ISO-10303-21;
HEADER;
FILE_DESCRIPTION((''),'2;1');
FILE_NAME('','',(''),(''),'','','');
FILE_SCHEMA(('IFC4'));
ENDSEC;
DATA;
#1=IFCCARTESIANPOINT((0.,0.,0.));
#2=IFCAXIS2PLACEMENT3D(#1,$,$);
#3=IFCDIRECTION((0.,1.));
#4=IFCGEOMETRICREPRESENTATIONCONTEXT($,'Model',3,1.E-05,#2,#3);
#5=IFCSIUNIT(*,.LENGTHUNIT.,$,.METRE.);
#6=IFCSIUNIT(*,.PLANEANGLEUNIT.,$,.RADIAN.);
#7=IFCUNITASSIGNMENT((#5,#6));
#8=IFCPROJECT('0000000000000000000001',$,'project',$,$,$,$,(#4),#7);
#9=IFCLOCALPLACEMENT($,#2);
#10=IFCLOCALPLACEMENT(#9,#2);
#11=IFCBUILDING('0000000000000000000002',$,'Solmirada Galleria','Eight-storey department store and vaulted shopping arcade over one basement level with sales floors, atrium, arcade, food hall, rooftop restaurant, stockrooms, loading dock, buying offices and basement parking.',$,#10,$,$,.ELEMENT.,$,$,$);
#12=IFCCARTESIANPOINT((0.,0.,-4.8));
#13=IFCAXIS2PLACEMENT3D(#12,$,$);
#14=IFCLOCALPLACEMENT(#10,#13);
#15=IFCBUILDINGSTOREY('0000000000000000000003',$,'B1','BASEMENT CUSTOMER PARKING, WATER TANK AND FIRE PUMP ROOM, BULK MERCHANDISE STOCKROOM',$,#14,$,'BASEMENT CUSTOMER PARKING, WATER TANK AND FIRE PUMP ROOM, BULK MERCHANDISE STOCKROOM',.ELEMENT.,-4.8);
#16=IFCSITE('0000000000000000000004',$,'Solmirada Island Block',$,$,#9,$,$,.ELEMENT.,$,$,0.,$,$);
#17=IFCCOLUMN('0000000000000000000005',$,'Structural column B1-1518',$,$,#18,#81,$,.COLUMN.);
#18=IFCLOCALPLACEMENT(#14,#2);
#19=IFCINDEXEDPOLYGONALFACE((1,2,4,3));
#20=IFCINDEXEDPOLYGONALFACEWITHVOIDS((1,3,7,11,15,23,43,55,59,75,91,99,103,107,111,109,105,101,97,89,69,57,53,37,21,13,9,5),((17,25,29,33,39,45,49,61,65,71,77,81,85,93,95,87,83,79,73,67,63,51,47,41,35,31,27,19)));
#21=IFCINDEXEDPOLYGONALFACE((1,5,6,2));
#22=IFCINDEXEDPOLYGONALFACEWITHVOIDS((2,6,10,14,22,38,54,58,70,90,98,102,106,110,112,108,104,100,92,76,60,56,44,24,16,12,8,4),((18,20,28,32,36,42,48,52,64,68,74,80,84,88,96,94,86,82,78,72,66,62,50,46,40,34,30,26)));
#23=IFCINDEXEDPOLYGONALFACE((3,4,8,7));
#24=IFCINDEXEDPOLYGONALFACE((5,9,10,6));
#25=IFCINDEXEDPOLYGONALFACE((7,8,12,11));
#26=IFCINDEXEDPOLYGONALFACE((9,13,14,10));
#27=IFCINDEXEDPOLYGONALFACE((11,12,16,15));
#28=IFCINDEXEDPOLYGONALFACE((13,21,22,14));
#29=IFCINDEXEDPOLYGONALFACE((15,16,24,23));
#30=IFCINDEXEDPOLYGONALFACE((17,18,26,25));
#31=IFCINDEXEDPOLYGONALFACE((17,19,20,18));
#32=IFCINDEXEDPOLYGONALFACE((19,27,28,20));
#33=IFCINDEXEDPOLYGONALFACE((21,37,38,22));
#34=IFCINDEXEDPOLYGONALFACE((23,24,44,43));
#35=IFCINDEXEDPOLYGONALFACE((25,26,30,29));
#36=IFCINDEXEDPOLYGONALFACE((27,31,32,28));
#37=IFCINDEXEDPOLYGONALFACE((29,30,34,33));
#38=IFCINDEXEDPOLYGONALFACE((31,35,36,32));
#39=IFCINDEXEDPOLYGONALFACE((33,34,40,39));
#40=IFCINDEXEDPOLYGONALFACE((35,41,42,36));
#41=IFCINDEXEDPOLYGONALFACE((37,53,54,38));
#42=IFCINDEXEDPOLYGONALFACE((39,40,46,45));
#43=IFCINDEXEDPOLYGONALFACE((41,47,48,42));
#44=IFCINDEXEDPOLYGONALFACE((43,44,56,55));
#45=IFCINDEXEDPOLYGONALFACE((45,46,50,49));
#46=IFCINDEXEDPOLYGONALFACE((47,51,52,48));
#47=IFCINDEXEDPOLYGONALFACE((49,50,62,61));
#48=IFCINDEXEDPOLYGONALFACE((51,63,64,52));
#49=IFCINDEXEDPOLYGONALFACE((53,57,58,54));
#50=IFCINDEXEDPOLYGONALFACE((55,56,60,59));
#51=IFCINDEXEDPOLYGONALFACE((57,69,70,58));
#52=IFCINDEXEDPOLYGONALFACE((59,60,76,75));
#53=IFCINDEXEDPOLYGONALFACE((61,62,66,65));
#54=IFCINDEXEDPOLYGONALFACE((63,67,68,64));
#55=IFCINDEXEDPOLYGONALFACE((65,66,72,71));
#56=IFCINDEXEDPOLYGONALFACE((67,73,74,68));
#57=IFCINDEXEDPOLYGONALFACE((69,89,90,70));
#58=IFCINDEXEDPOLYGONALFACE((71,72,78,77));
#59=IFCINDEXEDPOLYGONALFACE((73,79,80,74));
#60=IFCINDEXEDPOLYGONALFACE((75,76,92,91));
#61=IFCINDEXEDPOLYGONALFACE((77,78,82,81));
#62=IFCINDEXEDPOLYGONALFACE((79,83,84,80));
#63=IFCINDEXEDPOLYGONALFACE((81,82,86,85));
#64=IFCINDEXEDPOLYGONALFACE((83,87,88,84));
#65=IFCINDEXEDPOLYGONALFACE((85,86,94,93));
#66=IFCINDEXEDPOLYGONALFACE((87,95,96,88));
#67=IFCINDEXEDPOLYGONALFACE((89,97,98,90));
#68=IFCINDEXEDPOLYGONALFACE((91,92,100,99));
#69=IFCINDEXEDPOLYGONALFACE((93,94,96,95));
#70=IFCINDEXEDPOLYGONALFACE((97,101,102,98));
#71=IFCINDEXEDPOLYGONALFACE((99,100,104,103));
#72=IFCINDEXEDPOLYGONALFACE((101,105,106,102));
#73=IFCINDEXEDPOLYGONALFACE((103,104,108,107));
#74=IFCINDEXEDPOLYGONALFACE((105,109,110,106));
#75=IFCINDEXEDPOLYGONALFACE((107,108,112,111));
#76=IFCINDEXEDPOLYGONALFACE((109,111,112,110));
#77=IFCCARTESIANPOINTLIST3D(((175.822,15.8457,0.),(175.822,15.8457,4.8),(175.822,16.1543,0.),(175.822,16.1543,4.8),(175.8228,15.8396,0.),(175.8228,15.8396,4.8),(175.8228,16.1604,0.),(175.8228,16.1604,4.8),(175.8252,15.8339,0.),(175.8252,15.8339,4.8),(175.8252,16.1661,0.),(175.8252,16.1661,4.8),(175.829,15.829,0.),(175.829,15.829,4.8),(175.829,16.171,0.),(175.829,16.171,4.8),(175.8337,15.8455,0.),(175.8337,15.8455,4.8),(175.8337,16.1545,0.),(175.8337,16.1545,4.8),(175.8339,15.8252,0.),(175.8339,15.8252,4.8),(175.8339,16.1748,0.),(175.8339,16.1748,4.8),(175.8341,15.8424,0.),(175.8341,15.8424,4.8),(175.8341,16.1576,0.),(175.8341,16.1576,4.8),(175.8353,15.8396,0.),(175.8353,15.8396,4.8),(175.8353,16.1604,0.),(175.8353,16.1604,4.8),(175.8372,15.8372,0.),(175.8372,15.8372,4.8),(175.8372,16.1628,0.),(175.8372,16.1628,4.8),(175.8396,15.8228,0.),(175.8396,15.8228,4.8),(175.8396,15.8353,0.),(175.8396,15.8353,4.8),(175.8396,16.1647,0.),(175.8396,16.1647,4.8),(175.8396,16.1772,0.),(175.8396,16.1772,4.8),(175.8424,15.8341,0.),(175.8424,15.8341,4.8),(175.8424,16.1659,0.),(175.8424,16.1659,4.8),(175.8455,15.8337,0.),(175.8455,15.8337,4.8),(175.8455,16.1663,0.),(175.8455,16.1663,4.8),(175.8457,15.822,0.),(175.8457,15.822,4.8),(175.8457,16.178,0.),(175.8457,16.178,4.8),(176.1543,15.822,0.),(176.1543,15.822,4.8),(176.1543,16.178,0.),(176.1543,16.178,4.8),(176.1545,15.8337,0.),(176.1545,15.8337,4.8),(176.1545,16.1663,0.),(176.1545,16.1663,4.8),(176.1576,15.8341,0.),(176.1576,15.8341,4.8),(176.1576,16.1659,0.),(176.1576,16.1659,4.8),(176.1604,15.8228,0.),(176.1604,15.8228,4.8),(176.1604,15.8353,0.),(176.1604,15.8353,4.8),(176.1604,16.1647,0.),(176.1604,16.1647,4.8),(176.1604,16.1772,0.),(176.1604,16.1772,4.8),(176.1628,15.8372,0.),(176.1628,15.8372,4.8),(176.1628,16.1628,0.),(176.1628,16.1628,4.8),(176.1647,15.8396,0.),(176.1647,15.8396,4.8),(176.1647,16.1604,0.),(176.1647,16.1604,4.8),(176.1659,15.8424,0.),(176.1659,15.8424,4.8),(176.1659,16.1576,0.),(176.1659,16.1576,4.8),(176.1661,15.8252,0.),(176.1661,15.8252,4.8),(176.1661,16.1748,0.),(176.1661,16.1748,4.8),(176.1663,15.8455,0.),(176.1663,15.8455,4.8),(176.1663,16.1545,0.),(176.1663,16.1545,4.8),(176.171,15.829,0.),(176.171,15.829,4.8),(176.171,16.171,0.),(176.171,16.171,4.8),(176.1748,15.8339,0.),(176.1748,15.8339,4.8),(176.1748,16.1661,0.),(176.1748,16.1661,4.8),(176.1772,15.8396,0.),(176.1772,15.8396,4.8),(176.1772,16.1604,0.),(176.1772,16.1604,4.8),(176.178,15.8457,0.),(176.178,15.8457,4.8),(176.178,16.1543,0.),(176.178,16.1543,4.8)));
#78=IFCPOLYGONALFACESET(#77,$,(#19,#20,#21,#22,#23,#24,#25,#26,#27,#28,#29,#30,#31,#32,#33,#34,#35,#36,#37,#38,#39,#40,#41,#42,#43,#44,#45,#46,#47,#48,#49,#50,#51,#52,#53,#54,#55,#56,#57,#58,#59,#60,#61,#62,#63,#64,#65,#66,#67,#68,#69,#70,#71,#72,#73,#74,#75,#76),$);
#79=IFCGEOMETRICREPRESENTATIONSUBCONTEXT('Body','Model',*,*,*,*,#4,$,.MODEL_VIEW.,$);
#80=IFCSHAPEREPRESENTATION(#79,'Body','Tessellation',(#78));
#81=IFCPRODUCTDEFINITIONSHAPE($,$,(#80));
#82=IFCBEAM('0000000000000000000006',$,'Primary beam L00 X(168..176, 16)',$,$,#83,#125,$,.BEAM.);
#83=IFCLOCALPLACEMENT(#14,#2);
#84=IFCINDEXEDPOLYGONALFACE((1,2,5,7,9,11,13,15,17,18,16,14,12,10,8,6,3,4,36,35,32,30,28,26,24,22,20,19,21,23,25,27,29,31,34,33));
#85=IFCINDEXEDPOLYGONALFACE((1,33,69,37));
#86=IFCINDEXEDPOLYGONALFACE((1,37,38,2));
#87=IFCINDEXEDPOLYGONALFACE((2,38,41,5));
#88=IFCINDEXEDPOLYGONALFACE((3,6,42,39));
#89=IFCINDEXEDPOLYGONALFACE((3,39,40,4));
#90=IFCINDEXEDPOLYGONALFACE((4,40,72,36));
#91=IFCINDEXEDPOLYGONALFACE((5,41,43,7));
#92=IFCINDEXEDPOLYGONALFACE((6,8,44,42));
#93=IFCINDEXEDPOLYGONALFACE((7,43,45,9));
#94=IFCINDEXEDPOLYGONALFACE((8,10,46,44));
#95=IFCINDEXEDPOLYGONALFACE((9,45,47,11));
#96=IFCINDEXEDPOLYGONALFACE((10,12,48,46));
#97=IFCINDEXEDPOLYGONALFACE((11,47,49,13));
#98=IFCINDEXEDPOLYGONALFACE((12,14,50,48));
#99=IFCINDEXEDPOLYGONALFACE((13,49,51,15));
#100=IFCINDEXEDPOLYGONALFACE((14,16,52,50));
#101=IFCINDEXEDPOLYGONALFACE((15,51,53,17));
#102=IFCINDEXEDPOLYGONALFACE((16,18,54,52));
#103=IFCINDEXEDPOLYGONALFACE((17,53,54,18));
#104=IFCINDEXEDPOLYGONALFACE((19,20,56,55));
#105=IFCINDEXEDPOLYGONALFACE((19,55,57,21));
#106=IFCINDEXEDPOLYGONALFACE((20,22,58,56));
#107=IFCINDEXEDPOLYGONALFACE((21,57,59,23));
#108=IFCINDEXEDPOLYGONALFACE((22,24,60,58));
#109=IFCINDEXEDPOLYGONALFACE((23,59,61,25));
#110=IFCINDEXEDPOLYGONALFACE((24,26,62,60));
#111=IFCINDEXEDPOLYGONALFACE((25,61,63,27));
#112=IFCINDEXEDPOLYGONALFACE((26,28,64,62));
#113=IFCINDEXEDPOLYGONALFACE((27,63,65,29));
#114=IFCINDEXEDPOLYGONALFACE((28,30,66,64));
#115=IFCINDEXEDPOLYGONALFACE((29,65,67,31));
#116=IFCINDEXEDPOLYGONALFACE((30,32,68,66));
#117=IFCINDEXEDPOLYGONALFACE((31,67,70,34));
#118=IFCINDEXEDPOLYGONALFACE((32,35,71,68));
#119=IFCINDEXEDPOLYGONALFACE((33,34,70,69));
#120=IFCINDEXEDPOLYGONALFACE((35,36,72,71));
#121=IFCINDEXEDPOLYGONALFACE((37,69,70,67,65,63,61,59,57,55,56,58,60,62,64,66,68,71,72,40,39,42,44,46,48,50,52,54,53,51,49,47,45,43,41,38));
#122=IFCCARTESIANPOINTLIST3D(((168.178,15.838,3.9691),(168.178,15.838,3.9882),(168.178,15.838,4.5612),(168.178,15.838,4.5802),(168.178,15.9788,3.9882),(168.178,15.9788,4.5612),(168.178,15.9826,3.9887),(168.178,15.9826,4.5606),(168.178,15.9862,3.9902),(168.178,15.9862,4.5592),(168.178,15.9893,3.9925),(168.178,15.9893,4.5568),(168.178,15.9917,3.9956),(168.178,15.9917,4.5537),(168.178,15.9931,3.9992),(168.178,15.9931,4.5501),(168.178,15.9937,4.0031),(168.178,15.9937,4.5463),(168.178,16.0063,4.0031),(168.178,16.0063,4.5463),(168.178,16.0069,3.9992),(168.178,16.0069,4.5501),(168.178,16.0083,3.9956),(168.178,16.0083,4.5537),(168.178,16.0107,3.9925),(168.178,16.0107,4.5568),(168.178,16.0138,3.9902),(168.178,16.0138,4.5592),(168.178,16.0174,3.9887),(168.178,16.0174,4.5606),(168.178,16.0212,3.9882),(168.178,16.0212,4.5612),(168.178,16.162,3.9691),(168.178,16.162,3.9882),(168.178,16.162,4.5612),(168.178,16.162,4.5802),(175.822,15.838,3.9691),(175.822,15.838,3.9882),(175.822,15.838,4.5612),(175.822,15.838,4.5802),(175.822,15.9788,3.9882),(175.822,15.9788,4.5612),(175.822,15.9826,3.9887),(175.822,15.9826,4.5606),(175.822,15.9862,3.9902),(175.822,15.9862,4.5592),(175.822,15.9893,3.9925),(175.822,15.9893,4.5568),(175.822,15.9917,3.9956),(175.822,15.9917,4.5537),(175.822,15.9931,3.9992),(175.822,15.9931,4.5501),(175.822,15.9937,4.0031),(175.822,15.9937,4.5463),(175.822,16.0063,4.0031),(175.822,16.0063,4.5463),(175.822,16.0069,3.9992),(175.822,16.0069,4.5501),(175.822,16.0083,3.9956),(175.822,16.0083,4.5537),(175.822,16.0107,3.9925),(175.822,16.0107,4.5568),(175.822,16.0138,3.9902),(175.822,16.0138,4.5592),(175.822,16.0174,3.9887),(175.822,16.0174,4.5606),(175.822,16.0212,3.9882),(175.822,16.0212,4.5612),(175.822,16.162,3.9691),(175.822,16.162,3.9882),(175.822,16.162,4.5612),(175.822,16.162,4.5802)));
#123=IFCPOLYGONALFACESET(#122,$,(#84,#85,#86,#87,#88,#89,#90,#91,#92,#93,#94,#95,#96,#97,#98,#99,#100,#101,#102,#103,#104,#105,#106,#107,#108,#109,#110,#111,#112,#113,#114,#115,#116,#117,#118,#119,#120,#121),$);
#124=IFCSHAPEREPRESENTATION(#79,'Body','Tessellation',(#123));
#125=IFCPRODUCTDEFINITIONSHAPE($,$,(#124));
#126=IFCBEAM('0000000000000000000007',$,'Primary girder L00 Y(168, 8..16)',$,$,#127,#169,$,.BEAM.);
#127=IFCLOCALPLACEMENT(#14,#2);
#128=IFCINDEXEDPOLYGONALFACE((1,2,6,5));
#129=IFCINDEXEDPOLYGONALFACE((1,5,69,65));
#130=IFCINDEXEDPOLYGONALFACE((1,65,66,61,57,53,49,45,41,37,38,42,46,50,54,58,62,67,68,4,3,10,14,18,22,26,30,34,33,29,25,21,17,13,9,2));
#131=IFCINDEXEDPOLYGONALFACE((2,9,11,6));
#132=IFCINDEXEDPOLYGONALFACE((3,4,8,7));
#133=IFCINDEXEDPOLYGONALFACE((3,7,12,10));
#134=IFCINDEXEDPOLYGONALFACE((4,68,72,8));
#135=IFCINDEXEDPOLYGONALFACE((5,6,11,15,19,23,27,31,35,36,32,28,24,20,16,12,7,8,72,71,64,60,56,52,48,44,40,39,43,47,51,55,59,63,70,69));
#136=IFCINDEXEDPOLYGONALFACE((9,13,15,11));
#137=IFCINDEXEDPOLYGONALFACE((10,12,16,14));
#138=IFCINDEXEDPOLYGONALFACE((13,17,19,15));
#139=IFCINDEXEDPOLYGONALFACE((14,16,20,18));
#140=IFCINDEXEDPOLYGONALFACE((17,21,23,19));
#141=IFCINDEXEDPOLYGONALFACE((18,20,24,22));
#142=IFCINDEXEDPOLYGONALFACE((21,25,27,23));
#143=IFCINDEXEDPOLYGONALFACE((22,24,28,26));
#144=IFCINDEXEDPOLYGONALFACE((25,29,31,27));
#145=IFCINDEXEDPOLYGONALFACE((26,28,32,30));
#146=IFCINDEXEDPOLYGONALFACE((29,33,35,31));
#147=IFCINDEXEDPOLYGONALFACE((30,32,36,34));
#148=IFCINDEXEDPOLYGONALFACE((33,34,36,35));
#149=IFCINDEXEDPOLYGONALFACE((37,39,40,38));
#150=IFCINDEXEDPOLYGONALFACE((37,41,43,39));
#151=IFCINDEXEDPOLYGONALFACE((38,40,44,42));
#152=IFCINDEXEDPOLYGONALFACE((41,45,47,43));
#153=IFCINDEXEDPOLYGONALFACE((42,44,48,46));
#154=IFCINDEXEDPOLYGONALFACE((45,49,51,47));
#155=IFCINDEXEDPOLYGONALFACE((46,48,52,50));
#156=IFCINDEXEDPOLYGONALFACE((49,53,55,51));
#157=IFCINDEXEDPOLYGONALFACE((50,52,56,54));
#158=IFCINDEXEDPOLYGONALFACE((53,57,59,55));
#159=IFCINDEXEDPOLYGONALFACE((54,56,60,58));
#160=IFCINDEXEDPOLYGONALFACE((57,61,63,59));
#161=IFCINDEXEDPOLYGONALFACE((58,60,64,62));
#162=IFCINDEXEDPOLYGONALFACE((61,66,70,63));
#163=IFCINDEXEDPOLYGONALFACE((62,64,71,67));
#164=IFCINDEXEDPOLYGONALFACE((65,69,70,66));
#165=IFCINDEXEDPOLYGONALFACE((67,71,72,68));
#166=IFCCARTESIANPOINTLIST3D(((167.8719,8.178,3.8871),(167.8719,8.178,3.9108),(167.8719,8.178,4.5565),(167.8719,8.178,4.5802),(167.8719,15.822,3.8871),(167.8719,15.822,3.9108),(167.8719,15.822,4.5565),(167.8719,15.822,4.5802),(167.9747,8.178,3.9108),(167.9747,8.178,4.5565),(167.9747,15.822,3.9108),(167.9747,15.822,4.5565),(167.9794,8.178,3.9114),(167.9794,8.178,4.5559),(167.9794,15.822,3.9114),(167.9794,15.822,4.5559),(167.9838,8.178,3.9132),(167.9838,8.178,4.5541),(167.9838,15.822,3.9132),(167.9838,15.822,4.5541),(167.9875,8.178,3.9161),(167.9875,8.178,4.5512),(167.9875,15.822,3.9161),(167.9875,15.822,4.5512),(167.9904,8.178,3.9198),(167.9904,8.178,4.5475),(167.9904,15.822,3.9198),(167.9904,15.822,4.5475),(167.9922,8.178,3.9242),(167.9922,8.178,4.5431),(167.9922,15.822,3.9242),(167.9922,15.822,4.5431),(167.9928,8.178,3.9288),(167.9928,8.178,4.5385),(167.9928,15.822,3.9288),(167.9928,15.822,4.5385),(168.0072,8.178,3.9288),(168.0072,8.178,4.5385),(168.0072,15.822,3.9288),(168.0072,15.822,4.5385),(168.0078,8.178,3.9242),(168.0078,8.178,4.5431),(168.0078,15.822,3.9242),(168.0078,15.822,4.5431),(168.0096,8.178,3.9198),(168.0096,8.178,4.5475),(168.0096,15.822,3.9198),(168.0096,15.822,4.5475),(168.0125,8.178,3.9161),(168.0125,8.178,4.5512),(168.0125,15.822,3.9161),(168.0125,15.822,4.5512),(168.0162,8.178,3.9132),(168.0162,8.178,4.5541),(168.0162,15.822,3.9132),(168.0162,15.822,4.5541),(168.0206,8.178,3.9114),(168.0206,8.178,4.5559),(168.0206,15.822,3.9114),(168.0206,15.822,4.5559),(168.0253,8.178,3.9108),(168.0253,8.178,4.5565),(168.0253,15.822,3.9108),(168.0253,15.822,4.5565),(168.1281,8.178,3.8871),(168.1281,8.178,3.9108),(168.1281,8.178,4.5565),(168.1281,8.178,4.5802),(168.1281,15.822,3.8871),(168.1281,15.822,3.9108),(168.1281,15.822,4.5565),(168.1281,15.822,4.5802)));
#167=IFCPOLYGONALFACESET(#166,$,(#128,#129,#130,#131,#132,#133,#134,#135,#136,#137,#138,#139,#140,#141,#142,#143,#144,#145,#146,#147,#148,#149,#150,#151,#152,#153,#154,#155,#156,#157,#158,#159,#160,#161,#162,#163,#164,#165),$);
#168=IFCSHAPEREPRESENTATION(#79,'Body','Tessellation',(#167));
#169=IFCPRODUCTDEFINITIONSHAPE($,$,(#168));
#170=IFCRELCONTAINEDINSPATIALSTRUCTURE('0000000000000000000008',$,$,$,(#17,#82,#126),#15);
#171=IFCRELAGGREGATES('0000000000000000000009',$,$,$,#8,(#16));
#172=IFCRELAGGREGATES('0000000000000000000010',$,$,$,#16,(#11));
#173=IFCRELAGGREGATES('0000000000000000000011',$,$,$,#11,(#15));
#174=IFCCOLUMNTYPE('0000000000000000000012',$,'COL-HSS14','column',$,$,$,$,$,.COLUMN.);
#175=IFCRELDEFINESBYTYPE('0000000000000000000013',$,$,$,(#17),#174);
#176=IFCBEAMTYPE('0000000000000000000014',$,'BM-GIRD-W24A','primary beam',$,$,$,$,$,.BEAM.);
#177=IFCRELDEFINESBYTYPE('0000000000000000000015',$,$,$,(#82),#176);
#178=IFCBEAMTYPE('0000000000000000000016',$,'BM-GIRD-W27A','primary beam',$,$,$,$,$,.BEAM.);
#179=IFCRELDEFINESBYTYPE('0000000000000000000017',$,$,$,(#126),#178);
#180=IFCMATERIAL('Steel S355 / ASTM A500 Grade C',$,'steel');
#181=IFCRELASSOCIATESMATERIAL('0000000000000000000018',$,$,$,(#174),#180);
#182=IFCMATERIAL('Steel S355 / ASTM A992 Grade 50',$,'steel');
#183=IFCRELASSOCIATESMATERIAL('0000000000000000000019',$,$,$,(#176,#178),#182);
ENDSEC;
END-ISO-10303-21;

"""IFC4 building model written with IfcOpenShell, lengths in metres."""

from ifc_helpers import new_model, si_unit, direction, frame, origin, origin_2d, place, context, subcontext, project, spatial, hollow_rectangle, i_section, extrude, material, material_profile, profile_set, type_object, element, save


model = new_model("IFC4")

# Units and contexts
model_context = context("Model", 3, precision=1e-05, world=origin(), true_north=direction((0.0, 1.0)))
body_context = subcontext(model_context, "Body", "Model", "MODEL_VIEW")
ifc_project = project(units=[si_unit("LENGTHUNIT", "METRE"), si_unit("PLANEANGLEUNIT", "RADIAN")], contexts=[model_context])

# Site, building, storey
site_placement = place(None, origin())
site = spatial("IfcSite", under=ifc_project, at=site_placement, Name="Solmirada Island Block", CompositionType="ELEMENT", RefElevation=0.0)
building_placement = place(site_placement, origin())
building = spatial("IfcBuilding", under=site, at=building_placement, Name="Solmirada Galleria", Description="Eight-storey department store and vaulted shopping arcade over one basement level with sales floors, atrium, arcade, food hall, rooftop restaurant, stockrooms, loading dock, buying offices and basement parking.", CompositionType="ELEMENT")
storey_placement = place(building_placement, frame((0.0, 0.0, -4.8)))
storey = spatial("IfcBuildingStorey", under=building, at=storey_placement, Name="B1", Description="BASEMENT CUSTOMER PARKING, WATER TANK AND FIRE PUMP ROOM, BULK MERCHANDISE STOCKROOM", LongName="BASEMENT CUSTOMER PARKING, WATER TANK AND FIRE PUMP ROOM, BULK MERCHANDISE STOCKROOM", CompositionType="ELEMENT", Elevation=-4.8)

# Column
ifc_material_1 = material(Name="Steel S355 / ASTM A500 Grade C", Category="steel")
ifc_material_profile_1 = material_profile(ifc_material_1, hollow_rectangle(XDim=0.356, YDim=0.356, WallThickness=0.0117, InnerFilletRadius=0.0117, OuterFilletRadius=0.0237, at=origin_2d()), Name="HSS14X14X1/2")
ifc_profile_set_1 = profile_set([ifc_material_profile_1], Name="Steel S355 / ASTM A500 Grade C")
column_type = type_object("IfcColumnType", Name="COL-HSS14", Description="column", PredefinedType="COLUMN", material=ifc_profile_set_1)
for number, where, z_axis, x_axis, name in (
    (1, (176.0, 16.0, 0.0), (0.0, 0.0, 1.0), (1.0, 0.0, 0.0), "Structural column B1-1518"),
):
    element("IfcColumn", number, at=place(storey_placement, frame(where, z_axis=z_axis, x_axis=x_axis)), inside=storey, type_object=column_type, Name=name, PredefinedType="COLUMN", context=body_context, shape_type="SweptSolid", body=[
        extrude(hollow_rectangle(XDim=0.356, YDim=0.356, WallThickness=0.0117, InnerFilletRadius=0.0117, OuterFilletRadius=0.0237, at=origin_2d()), origin(), (0.0, 0.0, 1.0), 4.8),
    ])

# Beams
ifc_material_2 = material(Name="Steel S355 / ASTM A992 Grade 50", Category="steel")
ifc_material_profile_2 = material_profile(ifc_material_2, i_section(OverallWidth=0.324, OverallDepth=0.6111, WebThickness=0.0127, FlangeThickness=0.019, FilletRadius=0.0149, at=origin_2d()), Name="W24X104")
ifc_profile_set_2 = profile_set([ifc_material_profile_2], Name="Steel S355 / ASTM A992 Grade 50")
beam_type_1 = type_object("IfcBeamType", Name="BM-GIRD-W24A", Description="primary beam", PredefinedType="BEAM", material=ifc_profile_set_2)
beam_1_placement = place(storey_placement, frame((168.178, 16.0, 4.2747), z_axis=(1.0, 0.0, 0.0), x_axis=(0.0, 1.0, 0.0)))
element("IfcBeam", 2, at=beam_1_placement, inside=storey, type_object=beam_type_1, Name="Primary beam L00 X(168..176, 16)", PredefinedType="BEAM", context=body_context, shape_type="SweptSolid", body=[
    extrude(i_section(OverallWidth=0.324, OverallDepth=0.6111, WebThickness=0.0127, FlangeThickness=0.019, FilletRadius=0.0149, at=origin_2d()), origin(), (0.0, 0.0, 1.0), 7.644),
])
ifc_material_profile_3 = material_profile(ifc_material_2, i_section(OverallWidth=0.2561, OverallDepth=0.6931, WebThickness=0.0144, FlangeThickness=0.0237, FilletRadius=0.0181, at=origin_2d()), Name="W27X114")
ifc_profile_set_3 = profile_set([ifc_material_profile_3], Name="Steel S355 / ASTM A992 Grade 50")
beam_type_2 = type_object("IfcBeamType", Name="BM-GIRD-W27A", Description="primary beam", PredefinedType="BEAM", material=ifc_profile_set_3)
for number, where, z_axis, x_axis, name in (
    (3, (168.0, 8.178, 4.2336), (0.0, 1.0, 0.0), (-1.0, 0.0, 0.0), "Primary girder L00 Y(168, 8..16)"),
):
    element("IfcBeam", number, at=place(storey_placement, frame(where, z_axis=z_axis, x_axis=x_axis)), inside=storey, type_object=beam_type_2, Name=name, PredefinedType="BEAM", context=body_context, shape_type="SweptSolid", body=[
        extrude(i_section(OverallWidth=0.2561, OverallDepth=0.6931, WebThickness=0.0144, FlangeThickness=0.0237, FilletRadius=0.0181, at=origin_2d()), origin(), (0.0, 0.0, 1.0), 7.644),
    ])

save(model, "model.ifc")
